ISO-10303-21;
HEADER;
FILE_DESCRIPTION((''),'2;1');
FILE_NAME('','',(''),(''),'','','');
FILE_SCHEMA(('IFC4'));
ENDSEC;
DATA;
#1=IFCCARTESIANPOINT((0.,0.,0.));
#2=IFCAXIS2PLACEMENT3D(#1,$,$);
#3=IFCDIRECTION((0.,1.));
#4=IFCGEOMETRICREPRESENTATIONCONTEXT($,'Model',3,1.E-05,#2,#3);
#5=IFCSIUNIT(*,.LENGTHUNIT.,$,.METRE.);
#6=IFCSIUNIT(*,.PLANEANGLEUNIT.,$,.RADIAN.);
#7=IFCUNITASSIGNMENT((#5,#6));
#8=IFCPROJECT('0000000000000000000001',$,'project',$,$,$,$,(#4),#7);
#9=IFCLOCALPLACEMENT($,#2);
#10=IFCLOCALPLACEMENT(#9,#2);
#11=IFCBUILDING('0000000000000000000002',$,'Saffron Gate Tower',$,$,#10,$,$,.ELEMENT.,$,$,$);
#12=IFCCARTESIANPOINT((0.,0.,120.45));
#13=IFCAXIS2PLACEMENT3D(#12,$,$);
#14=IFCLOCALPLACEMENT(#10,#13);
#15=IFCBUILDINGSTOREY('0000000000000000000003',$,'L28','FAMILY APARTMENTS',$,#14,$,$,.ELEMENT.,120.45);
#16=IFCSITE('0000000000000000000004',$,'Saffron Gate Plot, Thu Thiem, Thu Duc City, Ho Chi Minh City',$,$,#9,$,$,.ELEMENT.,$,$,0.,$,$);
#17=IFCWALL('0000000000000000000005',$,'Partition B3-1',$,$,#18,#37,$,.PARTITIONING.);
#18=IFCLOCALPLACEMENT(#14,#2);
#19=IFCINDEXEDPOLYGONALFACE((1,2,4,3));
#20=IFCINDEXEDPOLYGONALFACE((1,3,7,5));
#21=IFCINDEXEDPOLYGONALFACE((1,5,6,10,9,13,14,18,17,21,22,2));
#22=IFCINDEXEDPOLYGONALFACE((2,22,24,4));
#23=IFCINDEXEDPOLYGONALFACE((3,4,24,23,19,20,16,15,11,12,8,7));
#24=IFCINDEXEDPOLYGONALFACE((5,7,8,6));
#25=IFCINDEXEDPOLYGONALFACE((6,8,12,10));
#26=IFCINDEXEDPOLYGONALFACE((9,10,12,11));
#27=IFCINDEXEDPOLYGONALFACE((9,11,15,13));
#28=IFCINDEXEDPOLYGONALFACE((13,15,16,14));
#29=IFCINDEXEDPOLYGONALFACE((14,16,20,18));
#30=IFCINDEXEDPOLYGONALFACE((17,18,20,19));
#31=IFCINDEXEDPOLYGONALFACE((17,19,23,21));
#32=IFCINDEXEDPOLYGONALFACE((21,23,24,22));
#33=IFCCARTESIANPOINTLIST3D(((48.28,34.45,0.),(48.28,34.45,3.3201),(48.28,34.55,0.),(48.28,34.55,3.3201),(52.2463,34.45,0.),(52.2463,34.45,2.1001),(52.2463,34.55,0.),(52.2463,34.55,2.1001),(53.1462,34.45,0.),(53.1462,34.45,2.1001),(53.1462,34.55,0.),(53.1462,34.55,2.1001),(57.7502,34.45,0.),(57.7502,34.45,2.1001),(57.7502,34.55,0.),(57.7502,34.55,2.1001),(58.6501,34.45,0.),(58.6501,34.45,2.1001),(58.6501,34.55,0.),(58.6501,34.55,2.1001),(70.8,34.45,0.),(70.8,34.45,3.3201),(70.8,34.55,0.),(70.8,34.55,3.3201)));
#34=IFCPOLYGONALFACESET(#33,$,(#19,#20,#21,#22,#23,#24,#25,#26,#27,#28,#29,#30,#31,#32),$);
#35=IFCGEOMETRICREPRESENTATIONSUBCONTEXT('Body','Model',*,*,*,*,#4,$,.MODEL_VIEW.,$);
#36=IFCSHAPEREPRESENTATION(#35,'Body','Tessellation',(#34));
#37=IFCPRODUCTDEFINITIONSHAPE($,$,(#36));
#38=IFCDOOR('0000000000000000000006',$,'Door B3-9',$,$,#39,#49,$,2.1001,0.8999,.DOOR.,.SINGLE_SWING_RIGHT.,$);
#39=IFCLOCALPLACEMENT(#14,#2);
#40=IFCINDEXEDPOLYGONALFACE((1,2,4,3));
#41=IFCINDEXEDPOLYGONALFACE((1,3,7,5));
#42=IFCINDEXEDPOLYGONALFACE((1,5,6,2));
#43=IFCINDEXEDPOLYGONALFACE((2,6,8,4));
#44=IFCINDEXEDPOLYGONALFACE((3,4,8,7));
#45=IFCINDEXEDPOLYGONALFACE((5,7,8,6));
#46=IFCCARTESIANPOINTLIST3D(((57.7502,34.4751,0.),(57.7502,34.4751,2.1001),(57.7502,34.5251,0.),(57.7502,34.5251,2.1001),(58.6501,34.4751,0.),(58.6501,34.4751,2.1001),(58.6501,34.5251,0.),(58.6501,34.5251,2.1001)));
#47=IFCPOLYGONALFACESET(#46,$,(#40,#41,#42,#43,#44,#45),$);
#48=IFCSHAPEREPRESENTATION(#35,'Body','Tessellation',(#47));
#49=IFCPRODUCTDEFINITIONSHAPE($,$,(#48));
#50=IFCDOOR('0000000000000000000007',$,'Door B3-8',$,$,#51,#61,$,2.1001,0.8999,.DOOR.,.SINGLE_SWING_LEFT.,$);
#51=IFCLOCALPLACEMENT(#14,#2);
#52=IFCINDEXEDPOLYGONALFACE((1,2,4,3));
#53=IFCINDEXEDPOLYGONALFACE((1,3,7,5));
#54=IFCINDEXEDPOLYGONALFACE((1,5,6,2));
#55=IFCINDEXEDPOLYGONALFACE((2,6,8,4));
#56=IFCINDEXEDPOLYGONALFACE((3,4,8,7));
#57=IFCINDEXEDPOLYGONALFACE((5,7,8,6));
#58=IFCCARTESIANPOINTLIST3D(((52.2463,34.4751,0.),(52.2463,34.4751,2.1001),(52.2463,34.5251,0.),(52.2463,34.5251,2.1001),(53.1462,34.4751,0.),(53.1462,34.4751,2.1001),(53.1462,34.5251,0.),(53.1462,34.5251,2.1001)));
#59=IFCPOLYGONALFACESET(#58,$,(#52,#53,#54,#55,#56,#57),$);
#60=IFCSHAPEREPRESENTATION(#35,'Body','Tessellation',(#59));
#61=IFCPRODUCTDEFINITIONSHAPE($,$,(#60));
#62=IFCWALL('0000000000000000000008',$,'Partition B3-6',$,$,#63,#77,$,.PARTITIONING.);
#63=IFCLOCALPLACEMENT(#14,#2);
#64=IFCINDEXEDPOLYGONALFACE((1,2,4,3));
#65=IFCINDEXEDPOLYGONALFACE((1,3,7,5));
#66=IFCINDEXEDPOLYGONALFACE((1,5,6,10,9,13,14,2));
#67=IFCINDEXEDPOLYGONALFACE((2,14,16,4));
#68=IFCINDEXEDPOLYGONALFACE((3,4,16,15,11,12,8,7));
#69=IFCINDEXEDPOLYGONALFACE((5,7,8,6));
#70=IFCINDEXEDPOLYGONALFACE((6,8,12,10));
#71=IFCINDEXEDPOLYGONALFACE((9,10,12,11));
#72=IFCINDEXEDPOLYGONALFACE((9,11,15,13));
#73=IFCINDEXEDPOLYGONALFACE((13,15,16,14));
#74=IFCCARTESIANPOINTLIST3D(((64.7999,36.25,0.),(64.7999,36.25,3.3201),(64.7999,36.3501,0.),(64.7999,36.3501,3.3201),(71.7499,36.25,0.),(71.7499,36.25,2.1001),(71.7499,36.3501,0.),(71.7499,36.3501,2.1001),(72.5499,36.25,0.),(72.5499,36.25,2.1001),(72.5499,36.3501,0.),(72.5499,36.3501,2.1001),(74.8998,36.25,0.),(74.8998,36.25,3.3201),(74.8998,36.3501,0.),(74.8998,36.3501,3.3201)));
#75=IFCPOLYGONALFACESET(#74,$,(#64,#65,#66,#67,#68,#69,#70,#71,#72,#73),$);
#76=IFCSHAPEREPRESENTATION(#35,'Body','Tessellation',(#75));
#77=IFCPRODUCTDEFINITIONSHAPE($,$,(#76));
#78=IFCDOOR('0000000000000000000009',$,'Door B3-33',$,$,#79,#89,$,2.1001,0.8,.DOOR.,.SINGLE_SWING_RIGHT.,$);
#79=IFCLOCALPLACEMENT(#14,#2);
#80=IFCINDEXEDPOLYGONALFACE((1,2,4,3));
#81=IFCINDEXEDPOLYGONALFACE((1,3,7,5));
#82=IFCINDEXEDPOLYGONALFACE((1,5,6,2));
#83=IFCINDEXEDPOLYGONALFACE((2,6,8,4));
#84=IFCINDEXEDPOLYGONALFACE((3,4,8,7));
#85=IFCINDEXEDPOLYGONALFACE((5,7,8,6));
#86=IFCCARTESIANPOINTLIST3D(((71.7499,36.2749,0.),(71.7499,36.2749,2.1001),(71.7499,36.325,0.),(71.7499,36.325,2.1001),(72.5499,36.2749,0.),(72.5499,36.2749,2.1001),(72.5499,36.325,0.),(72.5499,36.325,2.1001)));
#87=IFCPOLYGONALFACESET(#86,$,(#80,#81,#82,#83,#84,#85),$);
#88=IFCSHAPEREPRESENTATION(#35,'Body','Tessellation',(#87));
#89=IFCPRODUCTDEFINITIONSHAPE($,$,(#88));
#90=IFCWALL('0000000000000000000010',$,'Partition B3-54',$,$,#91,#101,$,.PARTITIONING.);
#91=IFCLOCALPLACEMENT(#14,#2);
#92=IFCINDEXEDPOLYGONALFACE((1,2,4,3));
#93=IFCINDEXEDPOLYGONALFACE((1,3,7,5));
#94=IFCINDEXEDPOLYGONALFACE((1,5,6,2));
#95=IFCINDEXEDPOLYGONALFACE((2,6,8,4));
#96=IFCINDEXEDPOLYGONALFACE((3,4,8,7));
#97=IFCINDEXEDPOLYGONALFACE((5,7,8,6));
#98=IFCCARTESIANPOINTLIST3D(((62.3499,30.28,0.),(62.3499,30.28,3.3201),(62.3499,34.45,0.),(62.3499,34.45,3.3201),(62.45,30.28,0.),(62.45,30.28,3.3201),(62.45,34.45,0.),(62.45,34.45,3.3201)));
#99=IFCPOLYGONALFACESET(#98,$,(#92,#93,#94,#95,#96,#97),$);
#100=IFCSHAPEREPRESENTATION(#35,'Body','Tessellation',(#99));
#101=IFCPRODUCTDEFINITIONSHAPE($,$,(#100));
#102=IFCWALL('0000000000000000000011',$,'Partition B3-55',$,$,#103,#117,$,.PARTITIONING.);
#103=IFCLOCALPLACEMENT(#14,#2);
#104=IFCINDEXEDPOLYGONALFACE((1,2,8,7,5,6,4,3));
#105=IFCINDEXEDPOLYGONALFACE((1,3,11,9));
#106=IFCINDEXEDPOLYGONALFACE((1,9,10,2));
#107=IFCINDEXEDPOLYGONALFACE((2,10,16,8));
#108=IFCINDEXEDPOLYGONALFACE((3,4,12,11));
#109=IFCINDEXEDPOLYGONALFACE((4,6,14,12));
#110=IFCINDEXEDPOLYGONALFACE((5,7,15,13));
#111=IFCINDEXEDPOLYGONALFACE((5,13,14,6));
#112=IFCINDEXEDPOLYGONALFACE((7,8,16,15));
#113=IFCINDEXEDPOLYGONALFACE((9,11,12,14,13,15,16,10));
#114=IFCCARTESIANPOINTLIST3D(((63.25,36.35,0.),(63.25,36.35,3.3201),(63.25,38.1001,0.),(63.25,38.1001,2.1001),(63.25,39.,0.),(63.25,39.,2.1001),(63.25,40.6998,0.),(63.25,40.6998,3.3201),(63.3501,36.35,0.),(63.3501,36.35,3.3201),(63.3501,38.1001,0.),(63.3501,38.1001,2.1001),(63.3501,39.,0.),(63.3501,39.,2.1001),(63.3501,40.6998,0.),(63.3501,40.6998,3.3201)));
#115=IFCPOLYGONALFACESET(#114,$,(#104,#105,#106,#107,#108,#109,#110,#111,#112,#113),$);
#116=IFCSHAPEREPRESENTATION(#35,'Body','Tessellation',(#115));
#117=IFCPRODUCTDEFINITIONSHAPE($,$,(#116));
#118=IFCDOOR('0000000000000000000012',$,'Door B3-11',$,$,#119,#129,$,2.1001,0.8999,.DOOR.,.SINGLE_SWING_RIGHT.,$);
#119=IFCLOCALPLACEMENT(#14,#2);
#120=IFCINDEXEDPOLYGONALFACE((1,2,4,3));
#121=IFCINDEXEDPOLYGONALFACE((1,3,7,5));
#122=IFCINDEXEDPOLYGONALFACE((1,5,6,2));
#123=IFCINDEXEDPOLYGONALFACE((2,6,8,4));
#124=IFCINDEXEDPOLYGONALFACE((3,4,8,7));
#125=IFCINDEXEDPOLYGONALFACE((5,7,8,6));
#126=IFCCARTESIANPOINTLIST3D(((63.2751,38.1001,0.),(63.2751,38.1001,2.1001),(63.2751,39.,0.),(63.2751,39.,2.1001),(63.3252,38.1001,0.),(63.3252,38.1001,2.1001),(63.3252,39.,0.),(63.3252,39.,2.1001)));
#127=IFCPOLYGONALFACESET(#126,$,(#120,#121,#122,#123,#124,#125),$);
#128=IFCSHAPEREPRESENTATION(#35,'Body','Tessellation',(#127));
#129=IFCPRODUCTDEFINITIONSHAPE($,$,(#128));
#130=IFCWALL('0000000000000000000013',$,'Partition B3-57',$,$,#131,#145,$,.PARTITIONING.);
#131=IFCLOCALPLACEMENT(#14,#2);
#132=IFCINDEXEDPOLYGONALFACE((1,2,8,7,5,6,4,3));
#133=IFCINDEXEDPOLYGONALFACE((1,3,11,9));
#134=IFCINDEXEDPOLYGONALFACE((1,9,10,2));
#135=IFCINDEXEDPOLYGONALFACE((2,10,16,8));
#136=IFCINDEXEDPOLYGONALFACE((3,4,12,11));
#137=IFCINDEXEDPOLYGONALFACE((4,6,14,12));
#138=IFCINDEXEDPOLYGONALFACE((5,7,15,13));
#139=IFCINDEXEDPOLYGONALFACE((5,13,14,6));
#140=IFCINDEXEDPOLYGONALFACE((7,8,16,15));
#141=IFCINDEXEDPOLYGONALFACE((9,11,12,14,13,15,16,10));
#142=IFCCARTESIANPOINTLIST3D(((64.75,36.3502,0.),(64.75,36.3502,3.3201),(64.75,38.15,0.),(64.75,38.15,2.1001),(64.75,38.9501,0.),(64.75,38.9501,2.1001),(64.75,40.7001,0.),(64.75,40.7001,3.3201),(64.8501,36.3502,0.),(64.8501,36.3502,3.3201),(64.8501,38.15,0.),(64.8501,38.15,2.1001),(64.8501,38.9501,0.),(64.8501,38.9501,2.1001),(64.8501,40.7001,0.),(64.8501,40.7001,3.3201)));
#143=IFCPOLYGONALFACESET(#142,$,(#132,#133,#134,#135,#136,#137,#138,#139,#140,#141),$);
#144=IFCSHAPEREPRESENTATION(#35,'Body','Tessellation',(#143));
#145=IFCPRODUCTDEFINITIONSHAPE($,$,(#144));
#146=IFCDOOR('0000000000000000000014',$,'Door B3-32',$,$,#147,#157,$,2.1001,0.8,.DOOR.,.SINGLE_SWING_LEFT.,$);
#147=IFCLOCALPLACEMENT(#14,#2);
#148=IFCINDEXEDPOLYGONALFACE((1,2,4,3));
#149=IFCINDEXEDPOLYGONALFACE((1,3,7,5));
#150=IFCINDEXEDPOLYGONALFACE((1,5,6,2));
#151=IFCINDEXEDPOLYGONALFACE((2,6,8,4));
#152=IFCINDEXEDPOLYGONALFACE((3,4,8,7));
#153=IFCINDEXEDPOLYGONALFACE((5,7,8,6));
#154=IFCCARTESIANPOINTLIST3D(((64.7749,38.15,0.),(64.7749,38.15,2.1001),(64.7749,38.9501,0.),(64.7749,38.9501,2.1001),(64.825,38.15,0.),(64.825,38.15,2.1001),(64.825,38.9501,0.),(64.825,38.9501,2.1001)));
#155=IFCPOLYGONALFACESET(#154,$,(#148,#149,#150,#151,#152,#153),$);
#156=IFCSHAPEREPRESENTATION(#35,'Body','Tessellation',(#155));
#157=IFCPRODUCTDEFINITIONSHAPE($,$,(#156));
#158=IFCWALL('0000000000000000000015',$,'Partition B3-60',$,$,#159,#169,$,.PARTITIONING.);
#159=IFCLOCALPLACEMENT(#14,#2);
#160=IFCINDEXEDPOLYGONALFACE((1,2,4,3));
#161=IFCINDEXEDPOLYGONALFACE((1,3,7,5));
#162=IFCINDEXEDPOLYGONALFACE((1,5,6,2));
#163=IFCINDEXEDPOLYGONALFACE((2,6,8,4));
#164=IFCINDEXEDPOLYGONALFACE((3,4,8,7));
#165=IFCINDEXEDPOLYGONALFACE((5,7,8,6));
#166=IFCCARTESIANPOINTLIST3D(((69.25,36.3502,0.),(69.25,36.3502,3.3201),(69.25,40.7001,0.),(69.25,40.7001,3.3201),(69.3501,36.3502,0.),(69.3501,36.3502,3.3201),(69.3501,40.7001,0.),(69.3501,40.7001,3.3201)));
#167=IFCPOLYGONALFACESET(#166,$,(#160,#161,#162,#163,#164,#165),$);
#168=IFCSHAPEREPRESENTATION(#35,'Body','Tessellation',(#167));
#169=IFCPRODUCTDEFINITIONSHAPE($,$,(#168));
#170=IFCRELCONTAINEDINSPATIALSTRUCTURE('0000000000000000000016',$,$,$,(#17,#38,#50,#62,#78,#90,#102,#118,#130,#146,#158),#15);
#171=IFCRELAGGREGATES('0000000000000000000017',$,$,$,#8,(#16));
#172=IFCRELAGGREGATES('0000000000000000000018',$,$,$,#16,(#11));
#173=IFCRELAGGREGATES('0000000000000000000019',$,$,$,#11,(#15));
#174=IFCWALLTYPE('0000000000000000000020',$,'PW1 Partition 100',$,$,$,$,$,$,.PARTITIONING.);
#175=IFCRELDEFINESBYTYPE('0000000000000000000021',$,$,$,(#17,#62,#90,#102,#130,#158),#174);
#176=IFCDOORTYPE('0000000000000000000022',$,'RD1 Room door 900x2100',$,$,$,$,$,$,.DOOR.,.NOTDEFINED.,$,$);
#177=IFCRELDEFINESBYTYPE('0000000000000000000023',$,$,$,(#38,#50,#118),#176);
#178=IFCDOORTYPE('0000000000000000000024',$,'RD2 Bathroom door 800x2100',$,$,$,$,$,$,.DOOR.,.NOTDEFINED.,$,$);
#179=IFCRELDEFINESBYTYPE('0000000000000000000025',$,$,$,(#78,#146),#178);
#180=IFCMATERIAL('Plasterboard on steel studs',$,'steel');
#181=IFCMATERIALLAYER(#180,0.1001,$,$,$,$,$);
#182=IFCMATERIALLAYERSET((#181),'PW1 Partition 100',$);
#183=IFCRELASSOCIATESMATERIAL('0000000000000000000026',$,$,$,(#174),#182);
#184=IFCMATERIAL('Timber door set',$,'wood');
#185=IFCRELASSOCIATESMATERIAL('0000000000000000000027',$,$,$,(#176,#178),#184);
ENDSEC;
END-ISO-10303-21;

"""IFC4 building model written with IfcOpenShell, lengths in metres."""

from ifc_helpers import new_model, si_unit, direction, frame, frame_2d, origin, place, context, subcontext, project, spatial, rectangle, extrude, material, layer, layer_set, type_object, element, fill, save


model = new_model("IFC4")

# Units and contexts
model_context = context("Model", 3, precision=1e-05, world=origin(), true_north=direction((0.0, 1.0)))
body_context = subcontext(model_context, "Body", "Model", "MODEL_VIEW")
ifc_project = project(units=[si_unit("LENGTHUNIT", "METRE"), si_unit("PLANEANGLEUNIT", "RADIAN")], contexts=[model_context])

# Site, building, storey
site_placement = place(None, origin())
site = spatial("IfcSite", under=ifc_project, at=site_placement, Name="Saffron Gate Plot, Thu Thiem, Thu Duc City, Ho Chi Minh City", CompositionType="ELEMENT", RefElevation=0.0)
building_placement = place(site_placement, origin())
building = spatial("IfcBuilding", under=site, at=building_placement, Name="Saffron Gate Tower", CompositionType="ELEMENT")
storey_placement = place(building_placement, frame((0.0, 0.0, 120.45)))
storey = spatial("IfcBuildingStorey", under=building, at=storey_placement, Name="L28", Description="FAMILY APARTMENTS", CompositionType="ELEMENT", Elevation=120.45)

# Wall, openings, doors
ifc_material_1 = material(Name="Plasterboard on steel studs", Category="steel")
ifc_layer_1 = layer(ifc_material_1, 0.1001)
ifc_layer_set_1 = layer_set([ifc_layer_1], Name="PW1 Partition 100")
wall_type_1 = type_object("IfcWallType", Name="PW1 Partition 100", PredefinedType="PARTITIONING", material=ifc_layer_set_1)
wall_1_placement = place(storey_placement, frame((70.8, 34.5, 0.0), z_axis=(0.0, 0.0, 1.0), x_axis=(-1.0, 0.0, 0.0)))
wall_1 = element("IfcWall", 1, at=wall_1_placement, inside=storey, type_object=wall_type_1, Name="Partition B3-1", PredefinedType="PARTITIONING", context=body_context, shape_type="SweptSolid", body=[
    extrude(rectangle(XDim=22.52, YDim=0.1001, at=frame_2d((11.26, 0.0))), origin(), (0.0, 0.0, 1.0), 3.3201),
])
opening_1_placement = place(wall_1_placement, frame((12.1499, 0.0, 0.0)))
opening_1 = element("IfcOpeningElement", 2, at=opening_1_placement, cuts=wall_1, PredefinedType="OPENING", context=body_context, shape_type="SweptSolid", body=[
    extrude(rectangle(XDim=0.8999, YDim=2.1001, at=frame_2d((0.45, 1.05))), frame((0.0, 0.0601, 0.0), z_axis=(0.0, -1.0, 0.0), x_axis=(1.0, 0.0, 0.0)), (0.0, 0.0, 1.0), 0.1201),
])
opening_2_placement = place(wall_1_placement, frame((17.6538, 0.0, 0.0)))
opening_2 = element("IfcOpeningElement", 3, at=opening_2_placement, cuts=wall_1, PredefinedType="OPENING", context=body_context, shape_type="SweptSolid", body=[
    extrude(rectangle(XDim=0.8999, YDim=2.1001, at=frame_2d((0.45, 1.05))), frame((0.0, 0.0601, 0.0), z_axis=(0.0, -1.0, 0.0), x_axis=(1.0, 0.0, 0.0)), (0.0, 0.0, 1.0), 0.1201),
])
ifc_material_2 = material(Name="Timber door set", Category="wood")
door_type_1 = type_object("IfcDoorType", Name="RD1 Room door 900x2100", OperationType="NOTDEFINED", PredefinedType="DOOR", material=ifc_material_2)
door_1_placement = place(opening_1_placement, origin())
door_1 = element("IfcDoor", 4, at=door_1_placement, inside=storey, type_object=door_type_1, Name="Door B3-9", OperationType="SINGLE_SWING_RIGHT", OverallHeight=2.1001, OverallWidth=0.8999, PredefinedType="DOOR", context=body_context, shape_type="SweptSolid", body=[
    extrude(rectangle(XDim=0.8999, YDim=2.1001, at=frame_2d((0.45, 1.05))), frame((0.0, 0.0249, 0.0), z_axis=(0.0, -1.0, 0.0), x_axis=(1.0, 0.0, 0.0)), (0.0, 0.0, 1.0), 0.05),
])
fill(opening_1, door_1)
door_2_placement = place(opening_2_placement, origin())
door_2 = element("IfcDoor", 5, at=door_2_placement, inside=storey, type_object=door_type_1, Name="Door B3-8", OperationType="SINGLE_SWING_LEFT", OverallHeight=2.1001, OverallWidth=0.8999, PredefinedType="DOOR", context=body_context, shape_type="SweptSolid", body=[
    extrude(rectangle(XDim=0.8999, YDim=2.1001, at=frame_2d((0.45, 1.05))), frame((0.0, 0.0249, 0.0), z_axis=(0.0, -1.0, 0.0), x_axis=(1.0, 0.0, 0.0)), (0.0, 0.0, 1.0), 0.05),
])
fill(opening_2, door_2)

# Wall, opening, door
wall_2_placement = place(storey_placement, frame((64.8, 36.3, 0.0), z_axis=(0.0, 0.0, 1.0), x_axis=(1.0, 0.0, 0.0)))
wall_2 = element("IfcWall", 6, at=wall_2_placement, inside=storey, type_object=wall_type_1, Name="Partition B3-6", PredefinedType="PARTITIONING", context=body_context, shape_type="SweptSolid", body=[
    extrude(rectangle(XDim=10.0999, YDim=0.1001, at=frame_2d((5.0498, 0.0))), origin(), (0.0, 0.0, 1.0), 3.3201),
])
opening_3_placement = place(wall_2_placement, frame((6.95, 0.0, 0.0)))
opening_3 = element("IfcOpeningElement", 7, at=opening_3_placement, cuts=wall_2, PredefinedType="OPENING", context=body_context, shape_type="SweptSolid", body=[
    extrude(rectangle(XDim=0.8, YDim=2.1001, at=frame_2d((0.3999, 1.05))), frame((0.0, 0.0601, 0.0), z_axis=(0.0, -1.0, 0.0), x_axis=(1.0, 0.0, 0.0)), (0.0, 0.0, 1.0), 0.1201),
])
door_type_2 = type_object("IfcDoorType", Name="RD2 Bathroom door 800x2100", OperationType="NOTDEFINED", PredefinedType="DOOR", material=ifc_material_2)
door_3_placement = place(opening_3_placement, origin())
door_3 = element("IfcDoor", 8, at=door_3_placement, inside=storey, type_object=door_type_2, Name="Door B3-33", OperationType="SINGLE_SWING_RIGHT", OverallHeight=2.1001, OverallWidth=0.8, PredefinedType="DOOR", context=body_context, shape_type="SweptSolid", body=[
    extrude(rectangle(XDim=0.8, YDim=2.1001, at=frame_2d((0.3999, 1.05))), frame((0.0, 0.0249, 0.0), z_axis=(0.0, -1.0, 0.0), x_axis=(1.0, 0.0, 0.0)), (0.0, 0.0, 1.0), 0.05),
])
fill(opening_3, door_3)

# Wall
wall_3_placement = place(storey_placement, frame((62.3999, 34.45, 0.0), z_axis=(0.0, 0.0, 1.0), x_axis=(0.0, -1.0, 0.0)))
element("IfcWall", 9, at=wall_3_placement, inside=storey, type_object=wall_type_1, Name="Partition B3-54", PredefinedType="PARTITIONING", context=body_context, shape_type="SweptSolid", body=[
    extrude(rectangle(XDim=4.1699, YDim=0.1001, at=frame_2d((2.085, 0.0))), origin(), (0.0, 0.0, 1.0), 3.3201),
])

# Walls, openings, doors
wall_4_placement = place(storey_placement, frame((63.3, 36.3501, 0.0), z_axis=(0.0, 0.0, 1.0), x_axis=(0.0, 1.0, 0.0)))
wall_4 = element("IfcWall", 10, at=wall_4_placement, inside=storey, type_object=wall_type_1, Name="Partition B3-55", PredefinedType="PARTITIONING", context=body_context, shape_type="SweptSolid", body=[
    extrude(rectangle(XDim=4.3499, YDim=0.1001, at=frame_2d((2.1748, 0.0))), origin(), (0.0, 0.0, 1.0), 3.3201),
])
opening_4_placement = place(wall_4_placement, frame((1.75, 0.0, 0.0)))
opening_4 = element("IfcOpeningElement", 11, at=opening_4_placement, cuts=wall_4, PredefinedType="OPENING", context=body_context, shape_type="SweptSolid", body=[
    extrude(rectangle(XDim=0.8999, YDim=2.1001, at=frame_2d((0.45, 1.05))), frame((0.0, 0.0601, 0.0), z_axis=(0.0, -1.0, 0.0), x_axis=(1.0, 0.0, 0.0)), (0.0, 0.0, 1.0), 0.1201),
])
door_4_placement = place(opening_4_placement, origin())
door_4 = element("IfcDoor", 12, at=door_4_placement, inside=storey, type_object=door_type_1, Name="Door B3-11", OperationType="SINGLE_SWING_RIGHT", OverallHeight=2.1001, OverallWidth=0.8999, PredefinedType="DOOR", context=body_context, shape_type="SweptSolid", body=[
    extrude(rectangle(XDim=0.8999, YDim=2.1001, at=frame_2d((0.45, 1.05))), frame((0.0, 0.0249, 0.0), z_axis=(0.0, -1.0, 0.0), x_axis=(1.0, 0.0, 0.0)), (0.0, 0.0, 1.0), 0.05),
])
fill(opening_4, door_4)
wall_5_placement = place(storey_placement, frame((64.8, 40.7, 0.0), z_axis=(0.0, 0.0, 1.0), x_axis=(0.0, -1.0, 0.0)))
wall_5 = element("IfcWall", 13, at=wall_5_placement, inside=storey, type_object=wall_type_1, Name="Partition B3-57", PredefinedType="PARTITIONING", context=body_context, shape_type="SweptSolid", body=[
    extrude(rectangle(XDim=4.3499, YDim=0.1001, at=frame_2d((2.1748, 0.0))), origin(), (0.0, 0.0, 1.0), 3.3201),
])
opening_5_placement = place(wall_5_placement, frame((1.75, 0.0, 0.0)))
opening_5 = element("IfcOpeningElement", 14, at=opening_5_placement, cuts=wall_5, PredefinedType="OPENING", context=body_context, shape_type="SweptSolid", body=[
    extrude(rectangle(XDim=0.8, YDim=2.1001, at=frame_2d((0.3999, 1.05))), frame((0.0, 0.0601, 0.0), z_axis=(0.0, -1.0, 0.0), x_axis=(1.0, 0.0, 0.0)), (0.0, 0.0, 1.0), 0.1201),
])
door_5_placement = place(opening_5_placement, origin())
door_5 = element("IfcDoor", 15, at=door_5_placement, inside=storey, type_object=door_type_2, Name="Door B3-32", OperationType="SINGLE_SWING_LEFT", OverallHeight=2.1001, OverallWidth=0.8, PredefinedType="DOOR", context=body_context, shape_type="SweptSolid", body=[
    extrude(rectangle(XDim=0.8, YDim=2.1001, at=frame_2d((0.3999, 1.05))), frame((0.0, 0.0249, 0.0), z_axis=(0.0, -1.0, 0.0), x_axis=(1.0, 0.0, 0.0)), (0.0, 0.0, 1.0), 0.05),
])
fill(opening_5, door_5)

# Wall
wall_6_placement = place(storey_placement, frame((69.3, 40.7, 0.0), z_axis=(0.0, 0.0, 1.0), x_axis=(0.0, -1.0, 0.0)))
element("IfcWall", 16, at=wall_6_placement, inside=storey, type_object=wall_type_1, Name="Partition B3-60", PredefinedType="PARTITIONING", context=body_context, shape_type="SweptSolid", body=[
    extrude(rectangle(XDim=4.3499, YDim=0.1001, at=frame_2d((2.1748, 0.0))), origin(), (0.0, 0.0, 1.0), 3.3201),
])

save(model, "model.ifc")
